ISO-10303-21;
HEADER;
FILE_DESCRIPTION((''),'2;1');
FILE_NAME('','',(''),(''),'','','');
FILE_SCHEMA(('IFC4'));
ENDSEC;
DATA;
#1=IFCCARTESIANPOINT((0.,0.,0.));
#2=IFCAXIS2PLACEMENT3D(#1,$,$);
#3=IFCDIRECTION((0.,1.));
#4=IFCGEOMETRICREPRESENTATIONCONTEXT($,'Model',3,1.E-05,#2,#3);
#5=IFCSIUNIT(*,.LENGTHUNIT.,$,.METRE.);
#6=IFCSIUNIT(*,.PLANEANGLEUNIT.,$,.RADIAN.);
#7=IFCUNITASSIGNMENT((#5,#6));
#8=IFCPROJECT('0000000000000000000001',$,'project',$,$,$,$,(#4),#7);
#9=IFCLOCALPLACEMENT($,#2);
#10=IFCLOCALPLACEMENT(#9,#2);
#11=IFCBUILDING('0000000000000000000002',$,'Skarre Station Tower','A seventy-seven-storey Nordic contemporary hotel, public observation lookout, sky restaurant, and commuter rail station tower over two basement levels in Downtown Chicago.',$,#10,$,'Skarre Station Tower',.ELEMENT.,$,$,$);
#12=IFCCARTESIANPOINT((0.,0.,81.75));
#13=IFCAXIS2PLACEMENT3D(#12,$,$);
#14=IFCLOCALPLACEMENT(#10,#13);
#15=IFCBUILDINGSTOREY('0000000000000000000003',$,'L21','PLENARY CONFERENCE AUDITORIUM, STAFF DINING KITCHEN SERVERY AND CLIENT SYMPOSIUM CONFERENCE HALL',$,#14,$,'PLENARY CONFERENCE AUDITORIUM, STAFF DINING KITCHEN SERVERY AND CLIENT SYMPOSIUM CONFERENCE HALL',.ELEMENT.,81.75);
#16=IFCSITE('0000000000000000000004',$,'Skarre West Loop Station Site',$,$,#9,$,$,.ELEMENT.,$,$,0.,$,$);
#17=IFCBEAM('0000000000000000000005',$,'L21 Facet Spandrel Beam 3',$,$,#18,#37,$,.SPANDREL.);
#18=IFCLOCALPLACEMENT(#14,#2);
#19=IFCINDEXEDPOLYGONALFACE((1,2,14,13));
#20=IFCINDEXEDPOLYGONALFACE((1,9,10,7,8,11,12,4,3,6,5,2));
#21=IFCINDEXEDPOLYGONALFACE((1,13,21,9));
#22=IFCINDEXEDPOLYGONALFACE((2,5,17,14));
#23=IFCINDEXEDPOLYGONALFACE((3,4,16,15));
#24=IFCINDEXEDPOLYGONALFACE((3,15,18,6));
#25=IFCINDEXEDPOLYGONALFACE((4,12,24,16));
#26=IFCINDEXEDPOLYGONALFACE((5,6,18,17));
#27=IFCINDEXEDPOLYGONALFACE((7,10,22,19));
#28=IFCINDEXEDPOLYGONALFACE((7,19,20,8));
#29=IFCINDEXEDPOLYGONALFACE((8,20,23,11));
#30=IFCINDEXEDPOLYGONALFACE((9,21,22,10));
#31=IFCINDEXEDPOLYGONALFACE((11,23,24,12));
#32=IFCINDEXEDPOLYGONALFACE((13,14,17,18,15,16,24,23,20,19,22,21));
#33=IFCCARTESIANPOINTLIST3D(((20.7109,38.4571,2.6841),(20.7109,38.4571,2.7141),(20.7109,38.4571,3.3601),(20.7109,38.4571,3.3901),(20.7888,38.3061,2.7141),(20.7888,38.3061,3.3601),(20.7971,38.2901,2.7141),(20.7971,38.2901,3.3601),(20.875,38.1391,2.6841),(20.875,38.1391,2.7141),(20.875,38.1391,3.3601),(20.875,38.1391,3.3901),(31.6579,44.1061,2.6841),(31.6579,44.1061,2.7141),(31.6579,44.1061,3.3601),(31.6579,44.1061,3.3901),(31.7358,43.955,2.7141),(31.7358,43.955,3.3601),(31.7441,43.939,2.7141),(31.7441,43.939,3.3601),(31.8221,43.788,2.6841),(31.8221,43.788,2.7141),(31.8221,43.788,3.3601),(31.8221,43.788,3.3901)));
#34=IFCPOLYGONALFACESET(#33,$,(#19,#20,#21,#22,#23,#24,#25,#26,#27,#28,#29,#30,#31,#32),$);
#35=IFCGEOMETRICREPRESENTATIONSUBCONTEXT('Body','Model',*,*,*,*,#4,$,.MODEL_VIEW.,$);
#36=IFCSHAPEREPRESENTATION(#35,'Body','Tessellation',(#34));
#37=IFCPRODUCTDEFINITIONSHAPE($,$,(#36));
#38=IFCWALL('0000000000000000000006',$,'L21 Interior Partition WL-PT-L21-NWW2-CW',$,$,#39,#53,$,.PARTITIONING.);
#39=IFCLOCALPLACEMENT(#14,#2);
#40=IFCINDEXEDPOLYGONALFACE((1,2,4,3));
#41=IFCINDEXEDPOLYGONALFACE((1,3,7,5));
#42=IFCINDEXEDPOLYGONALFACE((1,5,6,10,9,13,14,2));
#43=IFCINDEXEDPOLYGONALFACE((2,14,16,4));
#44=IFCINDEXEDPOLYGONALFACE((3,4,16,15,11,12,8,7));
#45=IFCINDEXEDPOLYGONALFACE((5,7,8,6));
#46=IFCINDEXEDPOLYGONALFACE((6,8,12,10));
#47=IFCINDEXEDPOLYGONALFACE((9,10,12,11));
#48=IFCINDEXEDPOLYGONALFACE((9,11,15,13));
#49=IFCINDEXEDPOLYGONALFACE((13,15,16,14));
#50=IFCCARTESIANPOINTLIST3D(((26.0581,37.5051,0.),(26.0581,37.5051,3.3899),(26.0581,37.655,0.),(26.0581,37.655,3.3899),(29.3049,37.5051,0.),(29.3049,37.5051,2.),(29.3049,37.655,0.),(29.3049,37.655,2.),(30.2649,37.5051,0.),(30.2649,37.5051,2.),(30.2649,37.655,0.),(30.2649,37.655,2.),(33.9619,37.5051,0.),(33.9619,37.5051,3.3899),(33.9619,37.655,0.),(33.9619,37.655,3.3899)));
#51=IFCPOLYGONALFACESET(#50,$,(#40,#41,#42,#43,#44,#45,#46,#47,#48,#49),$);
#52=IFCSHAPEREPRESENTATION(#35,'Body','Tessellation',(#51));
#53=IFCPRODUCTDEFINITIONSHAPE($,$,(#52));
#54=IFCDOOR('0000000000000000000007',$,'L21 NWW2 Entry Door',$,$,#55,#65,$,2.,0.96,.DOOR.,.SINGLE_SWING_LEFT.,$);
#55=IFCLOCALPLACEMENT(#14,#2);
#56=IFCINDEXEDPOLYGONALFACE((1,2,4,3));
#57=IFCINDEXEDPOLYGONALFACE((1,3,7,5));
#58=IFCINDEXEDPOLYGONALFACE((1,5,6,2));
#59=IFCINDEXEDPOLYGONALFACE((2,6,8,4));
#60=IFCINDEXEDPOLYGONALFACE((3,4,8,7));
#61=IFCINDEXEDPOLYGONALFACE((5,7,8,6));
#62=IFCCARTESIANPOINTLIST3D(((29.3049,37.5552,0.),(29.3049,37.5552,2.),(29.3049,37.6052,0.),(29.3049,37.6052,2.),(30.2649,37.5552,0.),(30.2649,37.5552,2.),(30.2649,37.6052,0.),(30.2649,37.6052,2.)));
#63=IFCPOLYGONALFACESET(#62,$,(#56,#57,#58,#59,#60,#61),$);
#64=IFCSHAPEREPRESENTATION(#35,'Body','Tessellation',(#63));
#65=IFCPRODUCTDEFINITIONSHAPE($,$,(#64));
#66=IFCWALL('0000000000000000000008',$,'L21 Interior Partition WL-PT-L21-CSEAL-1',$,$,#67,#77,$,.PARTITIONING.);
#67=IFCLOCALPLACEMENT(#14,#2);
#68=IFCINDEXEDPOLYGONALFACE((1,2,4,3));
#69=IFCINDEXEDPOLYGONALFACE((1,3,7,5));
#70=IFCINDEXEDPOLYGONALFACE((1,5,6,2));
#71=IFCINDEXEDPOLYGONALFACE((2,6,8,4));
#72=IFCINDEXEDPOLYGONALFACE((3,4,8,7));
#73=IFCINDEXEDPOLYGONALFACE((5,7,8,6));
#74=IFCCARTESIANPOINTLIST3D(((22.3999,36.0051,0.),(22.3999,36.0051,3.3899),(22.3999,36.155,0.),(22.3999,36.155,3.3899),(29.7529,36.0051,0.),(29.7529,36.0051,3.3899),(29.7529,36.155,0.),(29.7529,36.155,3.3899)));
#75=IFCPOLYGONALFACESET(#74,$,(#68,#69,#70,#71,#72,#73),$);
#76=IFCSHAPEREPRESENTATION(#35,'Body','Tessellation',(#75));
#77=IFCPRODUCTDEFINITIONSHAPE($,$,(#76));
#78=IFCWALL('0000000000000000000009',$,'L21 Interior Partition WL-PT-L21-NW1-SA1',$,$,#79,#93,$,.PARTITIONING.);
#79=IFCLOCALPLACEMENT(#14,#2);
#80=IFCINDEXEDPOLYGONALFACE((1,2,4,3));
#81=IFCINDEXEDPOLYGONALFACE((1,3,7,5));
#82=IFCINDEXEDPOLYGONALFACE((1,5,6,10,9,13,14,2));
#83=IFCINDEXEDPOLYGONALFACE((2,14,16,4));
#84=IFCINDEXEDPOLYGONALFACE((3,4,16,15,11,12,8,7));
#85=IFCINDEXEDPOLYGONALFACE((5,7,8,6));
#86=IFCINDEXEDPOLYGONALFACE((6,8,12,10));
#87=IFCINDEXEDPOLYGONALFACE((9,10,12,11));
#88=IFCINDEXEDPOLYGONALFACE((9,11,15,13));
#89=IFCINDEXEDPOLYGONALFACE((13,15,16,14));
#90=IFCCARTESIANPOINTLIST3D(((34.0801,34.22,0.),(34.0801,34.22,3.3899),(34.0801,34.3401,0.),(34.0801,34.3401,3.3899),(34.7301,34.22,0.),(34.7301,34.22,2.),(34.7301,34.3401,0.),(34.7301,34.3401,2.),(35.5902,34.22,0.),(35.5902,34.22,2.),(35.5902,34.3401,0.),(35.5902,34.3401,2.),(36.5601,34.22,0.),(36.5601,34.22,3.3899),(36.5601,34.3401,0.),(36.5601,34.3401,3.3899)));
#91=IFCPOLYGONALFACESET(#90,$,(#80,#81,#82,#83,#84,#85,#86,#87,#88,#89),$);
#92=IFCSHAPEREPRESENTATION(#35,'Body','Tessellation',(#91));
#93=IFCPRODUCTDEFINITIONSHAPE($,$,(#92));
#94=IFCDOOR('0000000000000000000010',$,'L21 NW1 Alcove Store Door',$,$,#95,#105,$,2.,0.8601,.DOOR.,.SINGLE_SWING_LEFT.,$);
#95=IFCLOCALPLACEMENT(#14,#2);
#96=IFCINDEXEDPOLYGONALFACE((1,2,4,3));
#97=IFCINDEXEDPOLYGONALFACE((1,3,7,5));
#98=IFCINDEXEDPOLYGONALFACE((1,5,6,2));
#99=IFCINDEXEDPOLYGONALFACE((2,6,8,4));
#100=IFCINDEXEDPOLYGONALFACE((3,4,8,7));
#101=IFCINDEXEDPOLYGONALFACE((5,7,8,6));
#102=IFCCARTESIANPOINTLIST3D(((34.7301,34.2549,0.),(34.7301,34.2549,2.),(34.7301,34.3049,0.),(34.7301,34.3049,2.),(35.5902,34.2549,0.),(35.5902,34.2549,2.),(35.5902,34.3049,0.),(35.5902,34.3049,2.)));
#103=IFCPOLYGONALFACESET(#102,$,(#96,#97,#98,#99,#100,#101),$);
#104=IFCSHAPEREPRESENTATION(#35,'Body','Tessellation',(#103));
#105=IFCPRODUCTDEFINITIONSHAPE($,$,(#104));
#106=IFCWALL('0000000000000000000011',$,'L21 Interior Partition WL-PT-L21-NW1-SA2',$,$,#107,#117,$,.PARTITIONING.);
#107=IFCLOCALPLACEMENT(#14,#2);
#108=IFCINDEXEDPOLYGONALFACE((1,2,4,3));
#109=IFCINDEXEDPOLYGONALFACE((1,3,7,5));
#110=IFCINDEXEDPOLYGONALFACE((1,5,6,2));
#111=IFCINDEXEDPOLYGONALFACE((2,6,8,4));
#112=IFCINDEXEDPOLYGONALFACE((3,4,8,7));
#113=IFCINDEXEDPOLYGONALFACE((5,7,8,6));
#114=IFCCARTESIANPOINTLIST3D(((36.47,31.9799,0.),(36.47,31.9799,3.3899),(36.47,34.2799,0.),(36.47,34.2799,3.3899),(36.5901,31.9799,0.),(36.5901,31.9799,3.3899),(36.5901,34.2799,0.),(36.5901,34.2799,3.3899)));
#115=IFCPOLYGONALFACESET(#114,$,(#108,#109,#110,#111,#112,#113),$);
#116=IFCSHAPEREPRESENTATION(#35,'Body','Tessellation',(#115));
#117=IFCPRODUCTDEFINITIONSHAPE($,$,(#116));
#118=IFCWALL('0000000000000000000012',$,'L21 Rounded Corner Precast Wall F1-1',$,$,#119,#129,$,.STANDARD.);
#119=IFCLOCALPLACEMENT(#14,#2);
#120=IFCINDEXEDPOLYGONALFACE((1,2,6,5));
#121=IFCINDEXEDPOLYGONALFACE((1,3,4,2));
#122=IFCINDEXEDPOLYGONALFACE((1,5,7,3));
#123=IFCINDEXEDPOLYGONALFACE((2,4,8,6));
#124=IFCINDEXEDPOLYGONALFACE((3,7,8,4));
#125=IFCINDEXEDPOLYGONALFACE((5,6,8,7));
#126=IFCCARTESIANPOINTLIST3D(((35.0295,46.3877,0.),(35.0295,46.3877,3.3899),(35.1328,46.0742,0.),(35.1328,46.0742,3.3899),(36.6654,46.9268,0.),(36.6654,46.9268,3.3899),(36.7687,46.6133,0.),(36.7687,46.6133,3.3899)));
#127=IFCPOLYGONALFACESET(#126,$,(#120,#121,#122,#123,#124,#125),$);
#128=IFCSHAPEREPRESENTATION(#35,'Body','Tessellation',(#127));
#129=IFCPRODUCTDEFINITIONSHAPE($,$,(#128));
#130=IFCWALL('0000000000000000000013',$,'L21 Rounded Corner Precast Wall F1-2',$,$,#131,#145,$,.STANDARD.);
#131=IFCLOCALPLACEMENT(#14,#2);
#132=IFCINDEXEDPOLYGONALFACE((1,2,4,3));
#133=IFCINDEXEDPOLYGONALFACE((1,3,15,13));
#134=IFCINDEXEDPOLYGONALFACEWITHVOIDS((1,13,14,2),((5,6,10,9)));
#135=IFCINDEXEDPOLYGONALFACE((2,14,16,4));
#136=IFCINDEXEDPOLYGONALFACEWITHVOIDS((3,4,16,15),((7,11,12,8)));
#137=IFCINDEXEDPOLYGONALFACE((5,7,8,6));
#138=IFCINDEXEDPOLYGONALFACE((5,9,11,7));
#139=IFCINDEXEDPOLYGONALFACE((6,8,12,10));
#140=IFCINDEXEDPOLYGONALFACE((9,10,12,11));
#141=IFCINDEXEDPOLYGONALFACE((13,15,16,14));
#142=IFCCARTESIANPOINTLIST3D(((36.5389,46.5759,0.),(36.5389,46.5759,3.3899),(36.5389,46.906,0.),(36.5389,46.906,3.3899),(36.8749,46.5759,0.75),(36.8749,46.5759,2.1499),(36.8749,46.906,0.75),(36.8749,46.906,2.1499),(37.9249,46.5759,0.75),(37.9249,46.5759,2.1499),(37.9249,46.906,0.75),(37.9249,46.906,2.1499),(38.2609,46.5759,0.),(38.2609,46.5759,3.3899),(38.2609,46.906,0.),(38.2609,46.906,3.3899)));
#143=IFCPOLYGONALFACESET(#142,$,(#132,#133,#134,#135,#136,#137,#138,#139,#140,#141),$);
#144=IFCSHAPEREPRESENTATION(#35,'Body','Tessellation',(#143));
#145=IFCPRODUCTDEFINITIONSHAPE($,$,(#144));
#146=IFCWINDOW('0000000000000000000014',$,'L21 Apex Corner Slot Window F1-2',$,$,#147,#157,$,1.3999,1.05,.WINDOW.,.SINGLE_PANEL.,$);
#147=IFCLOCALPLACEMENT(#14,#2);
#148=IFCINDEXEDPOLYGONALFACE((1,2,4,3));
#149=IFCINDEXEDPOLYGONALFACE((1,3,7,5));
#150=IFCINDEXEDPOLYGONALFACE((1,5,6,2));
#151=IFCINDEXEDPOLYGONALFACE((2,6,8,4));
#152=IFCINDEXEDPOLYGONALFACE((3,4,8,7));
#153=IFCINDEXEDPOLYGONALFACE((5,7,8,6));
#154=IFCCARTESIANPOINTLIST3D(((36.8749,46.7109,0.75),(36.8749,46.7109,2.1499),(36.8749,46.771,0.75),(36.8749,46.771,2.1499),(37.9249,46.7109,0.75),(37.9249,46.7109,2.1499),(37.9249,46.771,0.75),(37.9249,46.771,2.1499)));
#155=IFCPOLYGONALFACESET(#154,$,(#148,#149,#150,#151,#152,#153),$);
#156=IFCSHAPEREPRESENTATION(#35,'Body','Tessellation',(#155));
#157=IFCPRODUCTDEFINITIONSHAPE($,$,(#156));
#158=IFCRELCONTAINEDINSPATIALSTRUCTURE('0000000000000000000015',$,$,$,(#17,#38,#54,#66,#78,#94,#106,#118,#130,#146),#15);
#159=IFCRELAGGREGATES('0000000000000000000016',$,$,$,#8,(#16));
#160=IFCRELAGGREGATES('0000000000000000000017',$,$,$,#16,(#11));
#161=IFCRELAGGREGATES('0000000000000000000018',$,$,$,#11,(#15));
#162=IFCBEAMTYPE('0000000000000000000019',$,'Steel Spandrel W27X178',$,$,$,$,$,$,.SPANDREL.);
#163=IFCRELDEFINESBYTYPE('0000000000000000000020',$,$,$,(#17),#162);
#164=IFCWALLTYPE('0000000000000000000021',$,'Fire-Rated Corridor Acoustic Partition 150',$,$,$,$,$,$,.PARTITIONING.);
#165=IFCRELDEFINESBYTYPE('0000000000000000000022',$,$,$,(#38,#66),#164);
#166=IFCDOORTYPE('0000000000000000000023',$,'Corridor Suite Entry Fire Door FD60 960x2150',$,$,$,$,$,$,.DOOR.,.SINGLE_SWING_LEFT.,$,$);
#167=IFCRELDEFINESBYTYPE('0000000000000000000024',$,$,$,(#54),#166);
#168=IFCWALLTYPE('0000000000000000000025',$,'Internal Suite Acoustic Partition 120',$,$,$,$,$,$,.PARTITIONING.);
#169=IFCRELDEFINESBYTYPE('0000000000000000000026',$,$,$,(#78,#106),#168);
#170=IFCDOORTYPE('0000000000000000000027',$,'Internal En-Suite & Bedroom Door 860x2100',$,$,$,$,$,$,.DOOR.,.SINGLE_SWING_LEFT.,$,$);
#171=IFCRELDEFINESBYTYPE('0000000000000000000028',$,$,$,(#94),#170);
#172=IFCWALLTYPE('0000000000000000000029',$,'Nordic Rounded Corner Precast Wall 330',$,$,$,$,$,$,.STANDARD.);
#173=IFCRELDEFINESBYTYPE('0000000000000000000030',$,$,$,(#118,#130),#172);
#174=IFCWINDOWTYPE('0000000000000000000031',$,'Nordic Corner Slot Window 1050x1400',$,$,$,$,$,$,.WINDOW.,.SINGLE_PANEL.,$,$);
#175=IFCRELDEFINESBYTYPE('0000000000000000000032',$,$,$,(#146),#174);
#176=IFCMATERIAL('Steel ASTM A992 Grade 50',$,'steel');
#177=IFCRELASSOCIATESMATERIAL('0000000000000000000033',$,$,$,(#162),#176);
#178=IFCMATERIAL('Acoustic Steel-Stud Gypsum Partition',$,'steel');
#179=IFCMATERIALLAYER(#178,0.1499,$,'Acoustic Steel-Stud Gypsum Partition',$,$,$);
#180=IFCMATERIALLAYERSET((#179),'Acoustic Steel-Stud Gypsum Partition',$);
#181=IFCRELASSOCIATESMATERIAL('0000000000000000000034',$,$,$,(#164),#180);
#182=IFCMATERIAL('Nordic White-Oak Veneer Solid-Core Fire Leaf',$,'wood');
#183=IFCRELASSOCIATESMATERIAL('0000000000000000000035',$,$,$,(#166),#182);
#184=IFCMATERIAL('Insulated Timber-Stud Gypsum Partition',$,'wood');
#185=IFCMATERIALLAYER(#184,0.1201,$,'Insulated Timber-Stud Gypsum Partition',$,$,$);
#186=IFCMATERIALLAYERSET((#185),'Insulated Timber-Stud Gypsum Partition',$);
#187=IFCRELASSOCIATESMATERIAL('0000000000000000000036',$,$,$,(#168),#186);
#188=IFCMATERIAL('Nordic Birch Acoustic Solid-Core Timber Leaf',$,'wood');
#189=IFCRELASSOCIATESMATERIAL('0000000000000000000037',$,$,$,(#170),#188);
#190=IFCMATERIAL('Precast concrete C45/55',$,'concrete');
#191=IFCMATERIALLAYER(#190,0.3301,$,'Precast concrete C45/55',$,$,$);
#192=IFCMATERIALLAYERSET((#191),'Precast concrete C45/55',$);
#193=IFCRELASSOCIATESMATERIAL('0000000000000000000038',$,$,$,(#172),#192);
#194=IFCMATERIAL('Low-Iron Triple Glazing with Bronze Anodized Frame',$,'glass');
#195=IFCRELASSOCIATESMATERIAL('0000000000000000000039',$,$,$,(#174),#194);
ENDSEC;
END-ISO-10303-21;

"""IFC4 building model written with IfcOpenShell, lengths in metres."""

from ifc_helpers import new_model, si_unit, direction, frame, frame_2d, origin, origin_2d, place, context, subcontext, project, spatial, rectangle, i_section, extrude, material, layer, layer_set, material_profile, profile_set, type_object, element, fill, save


model = new_model("IFC4")

# Units and contexts
model_context = context("Model", 3, precision=1e-05, world=origin(), true_north=direction((0.0, 1.0)))
body_context = subcontext(model_context, "Body", "Model", "MODEL_VIEW")
ifc_project = project(units=[si_unit("LENGTHUNIT", "METRE"), si_unit("PLANEANGLEUNIT", "RADIAN")], contexts=[model_context])

# Site, building, storey
site_placement = place(None, origin())
site = spatial("IfcSite", under=ifc_project, at=site_placement, Name="Skarre West Loop Station Site", CompositionType="ELEMENT", RefElevation=0.0)
building_placement = place(site_placement, origin())
building = spatial("IfcBuilding", under=site, at=building_placement, Name="Skarre Station Tower", Description="A seventy-seven-storey Nordic contemporary hotel, public observation lookout, sky restaurant, and commuter rail station tower over two basement levels in Downtown Chicago.", LongName="Skarre Station Tower", CompositionType="ELEMENT")
storey_placement = place(building_placement, frame((0.0, 0.0, 81.75)))
storey = spatial("IfcBuildingStorey", under=building, at=storey_placement, Name="L21", Description="PLENARY CONFERENCE AUDITORIUM, STAFF DINING KITCHEN SERVERY AND CLIENT SYMPOSIUM CONFERENCE HALL", LongName="PLENARY CONFERENCE AUDITORIUM, STAFF DINING KITCHEN SERVERY AND CLIENT SYMPOSIUM CONFERENCE HALL", CompositionType="ELEMENT", Elevation=81.75)

# Beam
ifc_material_1 = material(Name="Steel ASTM A992 Grade 50", Category="steel")
ifc_material_profile_1 = material_profile(ifc_material_1, i_section(OverallWidth=0.3579, OverallDepth=0.7061, WebThickness=0.0181, FlangeThickness=0.03, at=origin_2d()), Name="Steel ASTM A992 Grade 50")
ifc_profile_set_1 = profile_set([ifc_material_profile_1], Name="Steel ASTM A992 Grade 50")
beam_type_1 = type_object("IfcBeamType", Name="Steel Spandrel W27X178", PredefinedType="SPANDREL", material=ifc_profile_set_1)
beam_1_placement = place(storey_placement, frame((31.74, 43.947, 3.0371), z_axis=(-0.888659, -0.458569, 0.0), x_axis=(0.458569, -0.888659, 0.0)))
element("IfcBeam", 1, at=beam_1_placement, inside=storey, type_object=beam_type_1, Name="L21 Facet Spandrel Beam 3", PredefinedType="SPANDREL", context=body_context, shape_type="SweptSolid", body=[
    extrude(i_section(OverallWidth=0.3579, OverallDepth=0.7061, WebThickness=0.0181, FlangeThickness=0.03, at=origin_2d()), origin(), (0.0, 0.0, 1.0), 12.3186),
])

# Wall, opening, door
ifc_material_2 = material(Name="Acoustic Steel-Stud Gypsum Partition", Category="steel")
ifc_layer_1 = layer(ifc_material_2, 0.1499, Name="Acoustic Steel-Stud Gypsum Partition")
ifc_layer_set_1 = layer_set([ifc_layer_1], Name="Acoustic Steel-Stud Gypsum Partition")
wall_type_1 = type_object("IfcWallType", Name="Fire-Rated Corridor Acoustic Partition 150", PredefinedType="PARTITIONING", material=ifc_layer_set_1)
wall_1_placement = place(storey_placement, frame((33.9619, 37.5801, 0.0), z_axis=(0.0, 0.0, 1.0), x_axis=(-1.0, 0.0, 0.0)))
wall_1 = element("IfcWall", 2, at=wall_1_placement, inside=storey, type_object=wall_type_1, Name="L21 Interior Partition WL-PT-L21-NWW2-CW", PredefinedType="PARTITIONING", context=body_context, shape_type="SweptSolid", body=[
    extrude(rectangle(XDim=7.9038, YDim=0.1499, at=frame_2d((3.9519, 0.0))), origin(), (0.0, 0.0, 1.0), 3.3899),
])
opening_1_placement = place(wall_1_placement, frame((3.697, 0.0, 0.0)))
opening_1 = element("IfcOpeningElement", 3, at=opening_1_placement, cuts=wall_1, PredefinedType="OPENING", context=body_context, shape_type="SweptSolid", body=[
    extrude(rectangle(XDim=0.96, YDim=2.0, at=frame_2d((0.48, 1.0))), frame((0.0, 0.085, 0.0), z_axis=(0.0, -1.0, 0.0), x_axis=(1.0, 0.0, 0.0)), (0.0, 0.0, 1.0), 0.1699),
])
ifc_material_3 = material(Name="Nordic White-Oak Veneer Solid-Core Fire Leaf", Category="wood")
door_type_1 = type_object("IfcDoorType", Name="Corridor Suite Entry Fire Door FD60 960x2150", OperationType="SINGLE_SWING_LEFT", PredefinedType="DOOR", material=ifc_material_3)
door_1_placement = place(opening_1_placement, origin())
door_1 = element("IfcDoor", 4, at=door_1_placement, inside=storey, type_object=door_type_1, Name="L21 NWW2 Entry Door", OperationType="SINGLE_SWING_LEFT", OverallHeight=2.0, OverallWidth=0.96, PredefinedType="DOOR", context=body_context, shape_type="SweptSolid", body=[
    extrude(rectangle(XDim=0.96, YDim=2.0, at=frame_2d((0.48, 1.0))), frame((0.0, 0.0249, 0.0), z_axis=(0.0, -1.0, 0.0), x_axis=(1.0, 0.0, 0.0)), (0.0, 0.0, 1.0), 0.05),
])
fill(opening_1, door_1)

# Wall
wall_2_placement = place(storey_placement, frame((29.7529, 36.0801, 0.0), z_axis=(0.0, 0.0, 1.0), x_axis=(-1.0, 0.0, 0.0)))
element("IfcWall", 5, at=wall_2_placement, inside=storey, type_object=wall_type_1, Name="L21 Interior Partition WL-PT-L21-CSEAL-1", PredefinedType="PARTITIONING", context=body_context, shape_type="SweptSolid", body=[
    extrude(rectangle(XDim=7.353, YDim=0.1499, at=frame_2d((3.6765, 0.0))), origin(), (0.0, 0.0, 1.0), 3.3899),
])

# Wall, opening, door
ifc_material_4 = material(Name="Insulated Timber-Stud Gypsum Partition", Category="wood")
ifc_layer_2 = layer(ifc_material_4, 0.1201, Name="Insulated Timber-Stud Gypsum Partition")
ifc_layer_set_2 = layer_set([ifc_layer_2], Name="Insulated Timber-Stud Gypsum Partition")
wall_type_2 = type_object("IfcWallType", Name="Internal Suite Acoustic Partition 120", PredefinedType="PARTITIONING", material=ifc_layer_set_2)
wall_3_placement = place(storey_placement, frame((34.0801, 34.28, 0.0), z_axis=(0.0, 0.0, 1.0), x_axis=(1.0, 0.0, 0.0)))
wall_3 = element("IfcWall", 6, at=wall_3_placement, inside=storey, type_object=wall_type_2, Name="L21 Interior Partition WL-PT-L21-NW1-SA1", PredefinedType="PARTITIONING", context=body_context, shape_type="SweptSolid", body=[
    extrude(rectangle(XDim=2.48, YDim=0.1201, at=frame_2d((1.24, 0.0))), origin(), (0.0, 0.0, 1.0), 3.3899),
])
opening_2_placement = place(wall_3_placement, frame((0.6499, 0.0, 0.0)))
opening_2 = element("IfcOpeningElement", 7, at=opening_2_placement, cuts=wall_3, PredefinedType="OPENING", context=body_context, shape_type="SweptSolid", body=[
    extrude(rectangle(XDim=0.8601, YDim=2.0, at=frame_2d((0.4302, 1.0))), frame((0.0, 0.0701, 0.0), z_axis=(0.0, -1.0, 0.0), x_axis=(1.0, 0.0, 0.0)), (0.0, 0.0, 1.0), 0.1401),
])
ifc_material_5 = material(Name="Nordic Birch Acoustic Solid-Core Timber Leaf", Category="wood")
door_type_2 = type_object("IfcDoorType", Name="Internal En-Suite & Bedroom Door 860x2100", OperationType="SINGLE_SWING_LEFT", PredefinedType="DOOR", material=ifc_material_5)
door_2_placement = place(opening_2_placement, origin())
door_2 = element("IfcDoor", 8, at=door_2_placement, inside=storey, type_object=door_type_2, Name="L21 NW1 Alcove Store Door", OperationType="SINGLE_SWING_LEFT", OverallHeight=2.0, OverallWidth=0.8601, PredefinedType="DOOR", context=body_context, shape_type="SweptSolid", body=[
    extrude(rectangle(XDim=0.8601, YDim=2.0, at=frame_2d((0.4302, 1.0))), frame((0.0, 0.0249, 0.0), z_axis=(0.0, -1.0, 0.0), x_axis=(1.0, 0.0, 0.0)), (0.0, 0.0, 1.0), 0.05),
])
fill(opening_2, door_2)

# Walls
wall_4_placement = place(storey_placement, frame((36.53, 31.98, 0.0), z_axis=(0.0, 0.0, 1.0), x_axis=(0.0, 1.0, 0.0)))
element("IfcWall", 9, at=wall_4_placement, inside=storey, type_object=wall_type_2, Name="L21 Interior Partition WL-PT-L21-NW1-SA2", PredefinedType="PARTITIONING", context=body_context, shape_type="SweptSolid", body=[
    extrude(rectangle(XDim=2.3, YDim=0.1201, at=frame_2d((1.1499, 0.0))), origin(), (0.0, 0.0, 1.0), 3.3899),
])
ifc_material_6 = material(Name="Precast concrete C45/55", Category="concrete")
ifc_layer_3 = layer(ifc_material_6, 0.3301, Name="Precast concrete C45/55")
ifc_layer_set_3 = layer_set([ifc_layer_3], Name="Precast concrete C45/55")
wall_type_3 = type_object("IfcWallType", Name="Nordic Rounded Corner Precast Wall 330", PredefinedType="STANDARD", material=ifc_layer_set_3)
wall_5_placement = place(storey_placement, frame((35.0811, 46.231, 0.0), z_axis=(0.0, 0.0, 1.0), x_axis=(0.949769, 0.312952, 0.0)))
element("IfcWall", 10, at=wall_5_placement, inside=storey, type_object=wall_type_3, Name="L21 Rounded Corner Precast Wall F1-1", PredefinedType="STANDARD", context=body_context, shape_type="SweptSolid", body=[
    extrude(rectangle(XDim=1.7224, YDim=0.3301, at=frame_2d((0.8613, 0.0))), origin(), (0.0, 0.0, 1.0), 3.3899),
])

# Wall, opening, window
wall_6_placement = place(storey_placement, frame((36.5391, 46.741, 0.0), z_axis=(0.0, 0.0, 1.0), x_axis=(1.0, 0.0, 0.0)))
wall_6 = element("IfcWall", 11, at=wall_6_placement, inside=storey, type_object=wall_type_3, Name="L21 Rounded Corner Precast Wall F1-2", PredefinedType="STANDARD", context=body_context, shape_type="SweptSolid", body=[
    extrude(rectangle(XDim=1.7219, YDim=0.3301, at=frame_2d((0.8608, 0.0))), origin(), (0.0, 0.0, 1.0), 3.3899),
])
opening_3_placement = place(wall_6_placement, frame((0.3359, 0.0, 0.75)))
opening_3 = element("IfcOpeningElement", 12, at=opening_3_placement, cuts=wall_6, PredefinedType="OPENING", context=body_context, shape_type="SweptSolid", body=[
    extrude(rectangle(XDim=1.05, YDim=1.3999, at=frame_2d((0.5249, 0.7))), frame((0.0, 0.175, 0.0), z_axis=(0.0, -1.0, 0.0), x_axis=(1.0, 0.0, 0.0)), (0.0, 0.0, 1.0), 0.3501),
])
ifc_material_7 = material(Name="Low-Iron Triple Glazing with Bronze Anodized Frame", Category="glass")
window_type = type_object("IfcWindowType", Name="Nordic Corner Slot Window 1050x1400", PartitioningType="SINGLE_PANEL", PredefinedType="WINDOW", material=ifc_material_7)
window_1_placement = place(opening_3_placement, origin())
window_1 = element("IfcWindow", 13, at=window_1_placement, inside=storey, type_object=window_type, Name="L21 Apex Corner Slot Window F1-2", OverallHeight=1.3999, OverallWidth=1.05, PartitioningType="SINGLE_PANEL", PredefinedType="WINDOW", context=body_context, shape_type="SweptSolid", body=[
    extrude(rectangle(XDim=1.05, YDim=1.3999, at=frame_2d((0.5249, 0.7))), frame((0.0, 0.03, 0.0), z_axis=(0.0, -1.0, 0.0), x_axis=(1.0, 0.0, 0.0)), (0.0, 0.0, 1.0), 0.0601),
])
fill(opening_3, window_1)

save(model, "model.ifc")
